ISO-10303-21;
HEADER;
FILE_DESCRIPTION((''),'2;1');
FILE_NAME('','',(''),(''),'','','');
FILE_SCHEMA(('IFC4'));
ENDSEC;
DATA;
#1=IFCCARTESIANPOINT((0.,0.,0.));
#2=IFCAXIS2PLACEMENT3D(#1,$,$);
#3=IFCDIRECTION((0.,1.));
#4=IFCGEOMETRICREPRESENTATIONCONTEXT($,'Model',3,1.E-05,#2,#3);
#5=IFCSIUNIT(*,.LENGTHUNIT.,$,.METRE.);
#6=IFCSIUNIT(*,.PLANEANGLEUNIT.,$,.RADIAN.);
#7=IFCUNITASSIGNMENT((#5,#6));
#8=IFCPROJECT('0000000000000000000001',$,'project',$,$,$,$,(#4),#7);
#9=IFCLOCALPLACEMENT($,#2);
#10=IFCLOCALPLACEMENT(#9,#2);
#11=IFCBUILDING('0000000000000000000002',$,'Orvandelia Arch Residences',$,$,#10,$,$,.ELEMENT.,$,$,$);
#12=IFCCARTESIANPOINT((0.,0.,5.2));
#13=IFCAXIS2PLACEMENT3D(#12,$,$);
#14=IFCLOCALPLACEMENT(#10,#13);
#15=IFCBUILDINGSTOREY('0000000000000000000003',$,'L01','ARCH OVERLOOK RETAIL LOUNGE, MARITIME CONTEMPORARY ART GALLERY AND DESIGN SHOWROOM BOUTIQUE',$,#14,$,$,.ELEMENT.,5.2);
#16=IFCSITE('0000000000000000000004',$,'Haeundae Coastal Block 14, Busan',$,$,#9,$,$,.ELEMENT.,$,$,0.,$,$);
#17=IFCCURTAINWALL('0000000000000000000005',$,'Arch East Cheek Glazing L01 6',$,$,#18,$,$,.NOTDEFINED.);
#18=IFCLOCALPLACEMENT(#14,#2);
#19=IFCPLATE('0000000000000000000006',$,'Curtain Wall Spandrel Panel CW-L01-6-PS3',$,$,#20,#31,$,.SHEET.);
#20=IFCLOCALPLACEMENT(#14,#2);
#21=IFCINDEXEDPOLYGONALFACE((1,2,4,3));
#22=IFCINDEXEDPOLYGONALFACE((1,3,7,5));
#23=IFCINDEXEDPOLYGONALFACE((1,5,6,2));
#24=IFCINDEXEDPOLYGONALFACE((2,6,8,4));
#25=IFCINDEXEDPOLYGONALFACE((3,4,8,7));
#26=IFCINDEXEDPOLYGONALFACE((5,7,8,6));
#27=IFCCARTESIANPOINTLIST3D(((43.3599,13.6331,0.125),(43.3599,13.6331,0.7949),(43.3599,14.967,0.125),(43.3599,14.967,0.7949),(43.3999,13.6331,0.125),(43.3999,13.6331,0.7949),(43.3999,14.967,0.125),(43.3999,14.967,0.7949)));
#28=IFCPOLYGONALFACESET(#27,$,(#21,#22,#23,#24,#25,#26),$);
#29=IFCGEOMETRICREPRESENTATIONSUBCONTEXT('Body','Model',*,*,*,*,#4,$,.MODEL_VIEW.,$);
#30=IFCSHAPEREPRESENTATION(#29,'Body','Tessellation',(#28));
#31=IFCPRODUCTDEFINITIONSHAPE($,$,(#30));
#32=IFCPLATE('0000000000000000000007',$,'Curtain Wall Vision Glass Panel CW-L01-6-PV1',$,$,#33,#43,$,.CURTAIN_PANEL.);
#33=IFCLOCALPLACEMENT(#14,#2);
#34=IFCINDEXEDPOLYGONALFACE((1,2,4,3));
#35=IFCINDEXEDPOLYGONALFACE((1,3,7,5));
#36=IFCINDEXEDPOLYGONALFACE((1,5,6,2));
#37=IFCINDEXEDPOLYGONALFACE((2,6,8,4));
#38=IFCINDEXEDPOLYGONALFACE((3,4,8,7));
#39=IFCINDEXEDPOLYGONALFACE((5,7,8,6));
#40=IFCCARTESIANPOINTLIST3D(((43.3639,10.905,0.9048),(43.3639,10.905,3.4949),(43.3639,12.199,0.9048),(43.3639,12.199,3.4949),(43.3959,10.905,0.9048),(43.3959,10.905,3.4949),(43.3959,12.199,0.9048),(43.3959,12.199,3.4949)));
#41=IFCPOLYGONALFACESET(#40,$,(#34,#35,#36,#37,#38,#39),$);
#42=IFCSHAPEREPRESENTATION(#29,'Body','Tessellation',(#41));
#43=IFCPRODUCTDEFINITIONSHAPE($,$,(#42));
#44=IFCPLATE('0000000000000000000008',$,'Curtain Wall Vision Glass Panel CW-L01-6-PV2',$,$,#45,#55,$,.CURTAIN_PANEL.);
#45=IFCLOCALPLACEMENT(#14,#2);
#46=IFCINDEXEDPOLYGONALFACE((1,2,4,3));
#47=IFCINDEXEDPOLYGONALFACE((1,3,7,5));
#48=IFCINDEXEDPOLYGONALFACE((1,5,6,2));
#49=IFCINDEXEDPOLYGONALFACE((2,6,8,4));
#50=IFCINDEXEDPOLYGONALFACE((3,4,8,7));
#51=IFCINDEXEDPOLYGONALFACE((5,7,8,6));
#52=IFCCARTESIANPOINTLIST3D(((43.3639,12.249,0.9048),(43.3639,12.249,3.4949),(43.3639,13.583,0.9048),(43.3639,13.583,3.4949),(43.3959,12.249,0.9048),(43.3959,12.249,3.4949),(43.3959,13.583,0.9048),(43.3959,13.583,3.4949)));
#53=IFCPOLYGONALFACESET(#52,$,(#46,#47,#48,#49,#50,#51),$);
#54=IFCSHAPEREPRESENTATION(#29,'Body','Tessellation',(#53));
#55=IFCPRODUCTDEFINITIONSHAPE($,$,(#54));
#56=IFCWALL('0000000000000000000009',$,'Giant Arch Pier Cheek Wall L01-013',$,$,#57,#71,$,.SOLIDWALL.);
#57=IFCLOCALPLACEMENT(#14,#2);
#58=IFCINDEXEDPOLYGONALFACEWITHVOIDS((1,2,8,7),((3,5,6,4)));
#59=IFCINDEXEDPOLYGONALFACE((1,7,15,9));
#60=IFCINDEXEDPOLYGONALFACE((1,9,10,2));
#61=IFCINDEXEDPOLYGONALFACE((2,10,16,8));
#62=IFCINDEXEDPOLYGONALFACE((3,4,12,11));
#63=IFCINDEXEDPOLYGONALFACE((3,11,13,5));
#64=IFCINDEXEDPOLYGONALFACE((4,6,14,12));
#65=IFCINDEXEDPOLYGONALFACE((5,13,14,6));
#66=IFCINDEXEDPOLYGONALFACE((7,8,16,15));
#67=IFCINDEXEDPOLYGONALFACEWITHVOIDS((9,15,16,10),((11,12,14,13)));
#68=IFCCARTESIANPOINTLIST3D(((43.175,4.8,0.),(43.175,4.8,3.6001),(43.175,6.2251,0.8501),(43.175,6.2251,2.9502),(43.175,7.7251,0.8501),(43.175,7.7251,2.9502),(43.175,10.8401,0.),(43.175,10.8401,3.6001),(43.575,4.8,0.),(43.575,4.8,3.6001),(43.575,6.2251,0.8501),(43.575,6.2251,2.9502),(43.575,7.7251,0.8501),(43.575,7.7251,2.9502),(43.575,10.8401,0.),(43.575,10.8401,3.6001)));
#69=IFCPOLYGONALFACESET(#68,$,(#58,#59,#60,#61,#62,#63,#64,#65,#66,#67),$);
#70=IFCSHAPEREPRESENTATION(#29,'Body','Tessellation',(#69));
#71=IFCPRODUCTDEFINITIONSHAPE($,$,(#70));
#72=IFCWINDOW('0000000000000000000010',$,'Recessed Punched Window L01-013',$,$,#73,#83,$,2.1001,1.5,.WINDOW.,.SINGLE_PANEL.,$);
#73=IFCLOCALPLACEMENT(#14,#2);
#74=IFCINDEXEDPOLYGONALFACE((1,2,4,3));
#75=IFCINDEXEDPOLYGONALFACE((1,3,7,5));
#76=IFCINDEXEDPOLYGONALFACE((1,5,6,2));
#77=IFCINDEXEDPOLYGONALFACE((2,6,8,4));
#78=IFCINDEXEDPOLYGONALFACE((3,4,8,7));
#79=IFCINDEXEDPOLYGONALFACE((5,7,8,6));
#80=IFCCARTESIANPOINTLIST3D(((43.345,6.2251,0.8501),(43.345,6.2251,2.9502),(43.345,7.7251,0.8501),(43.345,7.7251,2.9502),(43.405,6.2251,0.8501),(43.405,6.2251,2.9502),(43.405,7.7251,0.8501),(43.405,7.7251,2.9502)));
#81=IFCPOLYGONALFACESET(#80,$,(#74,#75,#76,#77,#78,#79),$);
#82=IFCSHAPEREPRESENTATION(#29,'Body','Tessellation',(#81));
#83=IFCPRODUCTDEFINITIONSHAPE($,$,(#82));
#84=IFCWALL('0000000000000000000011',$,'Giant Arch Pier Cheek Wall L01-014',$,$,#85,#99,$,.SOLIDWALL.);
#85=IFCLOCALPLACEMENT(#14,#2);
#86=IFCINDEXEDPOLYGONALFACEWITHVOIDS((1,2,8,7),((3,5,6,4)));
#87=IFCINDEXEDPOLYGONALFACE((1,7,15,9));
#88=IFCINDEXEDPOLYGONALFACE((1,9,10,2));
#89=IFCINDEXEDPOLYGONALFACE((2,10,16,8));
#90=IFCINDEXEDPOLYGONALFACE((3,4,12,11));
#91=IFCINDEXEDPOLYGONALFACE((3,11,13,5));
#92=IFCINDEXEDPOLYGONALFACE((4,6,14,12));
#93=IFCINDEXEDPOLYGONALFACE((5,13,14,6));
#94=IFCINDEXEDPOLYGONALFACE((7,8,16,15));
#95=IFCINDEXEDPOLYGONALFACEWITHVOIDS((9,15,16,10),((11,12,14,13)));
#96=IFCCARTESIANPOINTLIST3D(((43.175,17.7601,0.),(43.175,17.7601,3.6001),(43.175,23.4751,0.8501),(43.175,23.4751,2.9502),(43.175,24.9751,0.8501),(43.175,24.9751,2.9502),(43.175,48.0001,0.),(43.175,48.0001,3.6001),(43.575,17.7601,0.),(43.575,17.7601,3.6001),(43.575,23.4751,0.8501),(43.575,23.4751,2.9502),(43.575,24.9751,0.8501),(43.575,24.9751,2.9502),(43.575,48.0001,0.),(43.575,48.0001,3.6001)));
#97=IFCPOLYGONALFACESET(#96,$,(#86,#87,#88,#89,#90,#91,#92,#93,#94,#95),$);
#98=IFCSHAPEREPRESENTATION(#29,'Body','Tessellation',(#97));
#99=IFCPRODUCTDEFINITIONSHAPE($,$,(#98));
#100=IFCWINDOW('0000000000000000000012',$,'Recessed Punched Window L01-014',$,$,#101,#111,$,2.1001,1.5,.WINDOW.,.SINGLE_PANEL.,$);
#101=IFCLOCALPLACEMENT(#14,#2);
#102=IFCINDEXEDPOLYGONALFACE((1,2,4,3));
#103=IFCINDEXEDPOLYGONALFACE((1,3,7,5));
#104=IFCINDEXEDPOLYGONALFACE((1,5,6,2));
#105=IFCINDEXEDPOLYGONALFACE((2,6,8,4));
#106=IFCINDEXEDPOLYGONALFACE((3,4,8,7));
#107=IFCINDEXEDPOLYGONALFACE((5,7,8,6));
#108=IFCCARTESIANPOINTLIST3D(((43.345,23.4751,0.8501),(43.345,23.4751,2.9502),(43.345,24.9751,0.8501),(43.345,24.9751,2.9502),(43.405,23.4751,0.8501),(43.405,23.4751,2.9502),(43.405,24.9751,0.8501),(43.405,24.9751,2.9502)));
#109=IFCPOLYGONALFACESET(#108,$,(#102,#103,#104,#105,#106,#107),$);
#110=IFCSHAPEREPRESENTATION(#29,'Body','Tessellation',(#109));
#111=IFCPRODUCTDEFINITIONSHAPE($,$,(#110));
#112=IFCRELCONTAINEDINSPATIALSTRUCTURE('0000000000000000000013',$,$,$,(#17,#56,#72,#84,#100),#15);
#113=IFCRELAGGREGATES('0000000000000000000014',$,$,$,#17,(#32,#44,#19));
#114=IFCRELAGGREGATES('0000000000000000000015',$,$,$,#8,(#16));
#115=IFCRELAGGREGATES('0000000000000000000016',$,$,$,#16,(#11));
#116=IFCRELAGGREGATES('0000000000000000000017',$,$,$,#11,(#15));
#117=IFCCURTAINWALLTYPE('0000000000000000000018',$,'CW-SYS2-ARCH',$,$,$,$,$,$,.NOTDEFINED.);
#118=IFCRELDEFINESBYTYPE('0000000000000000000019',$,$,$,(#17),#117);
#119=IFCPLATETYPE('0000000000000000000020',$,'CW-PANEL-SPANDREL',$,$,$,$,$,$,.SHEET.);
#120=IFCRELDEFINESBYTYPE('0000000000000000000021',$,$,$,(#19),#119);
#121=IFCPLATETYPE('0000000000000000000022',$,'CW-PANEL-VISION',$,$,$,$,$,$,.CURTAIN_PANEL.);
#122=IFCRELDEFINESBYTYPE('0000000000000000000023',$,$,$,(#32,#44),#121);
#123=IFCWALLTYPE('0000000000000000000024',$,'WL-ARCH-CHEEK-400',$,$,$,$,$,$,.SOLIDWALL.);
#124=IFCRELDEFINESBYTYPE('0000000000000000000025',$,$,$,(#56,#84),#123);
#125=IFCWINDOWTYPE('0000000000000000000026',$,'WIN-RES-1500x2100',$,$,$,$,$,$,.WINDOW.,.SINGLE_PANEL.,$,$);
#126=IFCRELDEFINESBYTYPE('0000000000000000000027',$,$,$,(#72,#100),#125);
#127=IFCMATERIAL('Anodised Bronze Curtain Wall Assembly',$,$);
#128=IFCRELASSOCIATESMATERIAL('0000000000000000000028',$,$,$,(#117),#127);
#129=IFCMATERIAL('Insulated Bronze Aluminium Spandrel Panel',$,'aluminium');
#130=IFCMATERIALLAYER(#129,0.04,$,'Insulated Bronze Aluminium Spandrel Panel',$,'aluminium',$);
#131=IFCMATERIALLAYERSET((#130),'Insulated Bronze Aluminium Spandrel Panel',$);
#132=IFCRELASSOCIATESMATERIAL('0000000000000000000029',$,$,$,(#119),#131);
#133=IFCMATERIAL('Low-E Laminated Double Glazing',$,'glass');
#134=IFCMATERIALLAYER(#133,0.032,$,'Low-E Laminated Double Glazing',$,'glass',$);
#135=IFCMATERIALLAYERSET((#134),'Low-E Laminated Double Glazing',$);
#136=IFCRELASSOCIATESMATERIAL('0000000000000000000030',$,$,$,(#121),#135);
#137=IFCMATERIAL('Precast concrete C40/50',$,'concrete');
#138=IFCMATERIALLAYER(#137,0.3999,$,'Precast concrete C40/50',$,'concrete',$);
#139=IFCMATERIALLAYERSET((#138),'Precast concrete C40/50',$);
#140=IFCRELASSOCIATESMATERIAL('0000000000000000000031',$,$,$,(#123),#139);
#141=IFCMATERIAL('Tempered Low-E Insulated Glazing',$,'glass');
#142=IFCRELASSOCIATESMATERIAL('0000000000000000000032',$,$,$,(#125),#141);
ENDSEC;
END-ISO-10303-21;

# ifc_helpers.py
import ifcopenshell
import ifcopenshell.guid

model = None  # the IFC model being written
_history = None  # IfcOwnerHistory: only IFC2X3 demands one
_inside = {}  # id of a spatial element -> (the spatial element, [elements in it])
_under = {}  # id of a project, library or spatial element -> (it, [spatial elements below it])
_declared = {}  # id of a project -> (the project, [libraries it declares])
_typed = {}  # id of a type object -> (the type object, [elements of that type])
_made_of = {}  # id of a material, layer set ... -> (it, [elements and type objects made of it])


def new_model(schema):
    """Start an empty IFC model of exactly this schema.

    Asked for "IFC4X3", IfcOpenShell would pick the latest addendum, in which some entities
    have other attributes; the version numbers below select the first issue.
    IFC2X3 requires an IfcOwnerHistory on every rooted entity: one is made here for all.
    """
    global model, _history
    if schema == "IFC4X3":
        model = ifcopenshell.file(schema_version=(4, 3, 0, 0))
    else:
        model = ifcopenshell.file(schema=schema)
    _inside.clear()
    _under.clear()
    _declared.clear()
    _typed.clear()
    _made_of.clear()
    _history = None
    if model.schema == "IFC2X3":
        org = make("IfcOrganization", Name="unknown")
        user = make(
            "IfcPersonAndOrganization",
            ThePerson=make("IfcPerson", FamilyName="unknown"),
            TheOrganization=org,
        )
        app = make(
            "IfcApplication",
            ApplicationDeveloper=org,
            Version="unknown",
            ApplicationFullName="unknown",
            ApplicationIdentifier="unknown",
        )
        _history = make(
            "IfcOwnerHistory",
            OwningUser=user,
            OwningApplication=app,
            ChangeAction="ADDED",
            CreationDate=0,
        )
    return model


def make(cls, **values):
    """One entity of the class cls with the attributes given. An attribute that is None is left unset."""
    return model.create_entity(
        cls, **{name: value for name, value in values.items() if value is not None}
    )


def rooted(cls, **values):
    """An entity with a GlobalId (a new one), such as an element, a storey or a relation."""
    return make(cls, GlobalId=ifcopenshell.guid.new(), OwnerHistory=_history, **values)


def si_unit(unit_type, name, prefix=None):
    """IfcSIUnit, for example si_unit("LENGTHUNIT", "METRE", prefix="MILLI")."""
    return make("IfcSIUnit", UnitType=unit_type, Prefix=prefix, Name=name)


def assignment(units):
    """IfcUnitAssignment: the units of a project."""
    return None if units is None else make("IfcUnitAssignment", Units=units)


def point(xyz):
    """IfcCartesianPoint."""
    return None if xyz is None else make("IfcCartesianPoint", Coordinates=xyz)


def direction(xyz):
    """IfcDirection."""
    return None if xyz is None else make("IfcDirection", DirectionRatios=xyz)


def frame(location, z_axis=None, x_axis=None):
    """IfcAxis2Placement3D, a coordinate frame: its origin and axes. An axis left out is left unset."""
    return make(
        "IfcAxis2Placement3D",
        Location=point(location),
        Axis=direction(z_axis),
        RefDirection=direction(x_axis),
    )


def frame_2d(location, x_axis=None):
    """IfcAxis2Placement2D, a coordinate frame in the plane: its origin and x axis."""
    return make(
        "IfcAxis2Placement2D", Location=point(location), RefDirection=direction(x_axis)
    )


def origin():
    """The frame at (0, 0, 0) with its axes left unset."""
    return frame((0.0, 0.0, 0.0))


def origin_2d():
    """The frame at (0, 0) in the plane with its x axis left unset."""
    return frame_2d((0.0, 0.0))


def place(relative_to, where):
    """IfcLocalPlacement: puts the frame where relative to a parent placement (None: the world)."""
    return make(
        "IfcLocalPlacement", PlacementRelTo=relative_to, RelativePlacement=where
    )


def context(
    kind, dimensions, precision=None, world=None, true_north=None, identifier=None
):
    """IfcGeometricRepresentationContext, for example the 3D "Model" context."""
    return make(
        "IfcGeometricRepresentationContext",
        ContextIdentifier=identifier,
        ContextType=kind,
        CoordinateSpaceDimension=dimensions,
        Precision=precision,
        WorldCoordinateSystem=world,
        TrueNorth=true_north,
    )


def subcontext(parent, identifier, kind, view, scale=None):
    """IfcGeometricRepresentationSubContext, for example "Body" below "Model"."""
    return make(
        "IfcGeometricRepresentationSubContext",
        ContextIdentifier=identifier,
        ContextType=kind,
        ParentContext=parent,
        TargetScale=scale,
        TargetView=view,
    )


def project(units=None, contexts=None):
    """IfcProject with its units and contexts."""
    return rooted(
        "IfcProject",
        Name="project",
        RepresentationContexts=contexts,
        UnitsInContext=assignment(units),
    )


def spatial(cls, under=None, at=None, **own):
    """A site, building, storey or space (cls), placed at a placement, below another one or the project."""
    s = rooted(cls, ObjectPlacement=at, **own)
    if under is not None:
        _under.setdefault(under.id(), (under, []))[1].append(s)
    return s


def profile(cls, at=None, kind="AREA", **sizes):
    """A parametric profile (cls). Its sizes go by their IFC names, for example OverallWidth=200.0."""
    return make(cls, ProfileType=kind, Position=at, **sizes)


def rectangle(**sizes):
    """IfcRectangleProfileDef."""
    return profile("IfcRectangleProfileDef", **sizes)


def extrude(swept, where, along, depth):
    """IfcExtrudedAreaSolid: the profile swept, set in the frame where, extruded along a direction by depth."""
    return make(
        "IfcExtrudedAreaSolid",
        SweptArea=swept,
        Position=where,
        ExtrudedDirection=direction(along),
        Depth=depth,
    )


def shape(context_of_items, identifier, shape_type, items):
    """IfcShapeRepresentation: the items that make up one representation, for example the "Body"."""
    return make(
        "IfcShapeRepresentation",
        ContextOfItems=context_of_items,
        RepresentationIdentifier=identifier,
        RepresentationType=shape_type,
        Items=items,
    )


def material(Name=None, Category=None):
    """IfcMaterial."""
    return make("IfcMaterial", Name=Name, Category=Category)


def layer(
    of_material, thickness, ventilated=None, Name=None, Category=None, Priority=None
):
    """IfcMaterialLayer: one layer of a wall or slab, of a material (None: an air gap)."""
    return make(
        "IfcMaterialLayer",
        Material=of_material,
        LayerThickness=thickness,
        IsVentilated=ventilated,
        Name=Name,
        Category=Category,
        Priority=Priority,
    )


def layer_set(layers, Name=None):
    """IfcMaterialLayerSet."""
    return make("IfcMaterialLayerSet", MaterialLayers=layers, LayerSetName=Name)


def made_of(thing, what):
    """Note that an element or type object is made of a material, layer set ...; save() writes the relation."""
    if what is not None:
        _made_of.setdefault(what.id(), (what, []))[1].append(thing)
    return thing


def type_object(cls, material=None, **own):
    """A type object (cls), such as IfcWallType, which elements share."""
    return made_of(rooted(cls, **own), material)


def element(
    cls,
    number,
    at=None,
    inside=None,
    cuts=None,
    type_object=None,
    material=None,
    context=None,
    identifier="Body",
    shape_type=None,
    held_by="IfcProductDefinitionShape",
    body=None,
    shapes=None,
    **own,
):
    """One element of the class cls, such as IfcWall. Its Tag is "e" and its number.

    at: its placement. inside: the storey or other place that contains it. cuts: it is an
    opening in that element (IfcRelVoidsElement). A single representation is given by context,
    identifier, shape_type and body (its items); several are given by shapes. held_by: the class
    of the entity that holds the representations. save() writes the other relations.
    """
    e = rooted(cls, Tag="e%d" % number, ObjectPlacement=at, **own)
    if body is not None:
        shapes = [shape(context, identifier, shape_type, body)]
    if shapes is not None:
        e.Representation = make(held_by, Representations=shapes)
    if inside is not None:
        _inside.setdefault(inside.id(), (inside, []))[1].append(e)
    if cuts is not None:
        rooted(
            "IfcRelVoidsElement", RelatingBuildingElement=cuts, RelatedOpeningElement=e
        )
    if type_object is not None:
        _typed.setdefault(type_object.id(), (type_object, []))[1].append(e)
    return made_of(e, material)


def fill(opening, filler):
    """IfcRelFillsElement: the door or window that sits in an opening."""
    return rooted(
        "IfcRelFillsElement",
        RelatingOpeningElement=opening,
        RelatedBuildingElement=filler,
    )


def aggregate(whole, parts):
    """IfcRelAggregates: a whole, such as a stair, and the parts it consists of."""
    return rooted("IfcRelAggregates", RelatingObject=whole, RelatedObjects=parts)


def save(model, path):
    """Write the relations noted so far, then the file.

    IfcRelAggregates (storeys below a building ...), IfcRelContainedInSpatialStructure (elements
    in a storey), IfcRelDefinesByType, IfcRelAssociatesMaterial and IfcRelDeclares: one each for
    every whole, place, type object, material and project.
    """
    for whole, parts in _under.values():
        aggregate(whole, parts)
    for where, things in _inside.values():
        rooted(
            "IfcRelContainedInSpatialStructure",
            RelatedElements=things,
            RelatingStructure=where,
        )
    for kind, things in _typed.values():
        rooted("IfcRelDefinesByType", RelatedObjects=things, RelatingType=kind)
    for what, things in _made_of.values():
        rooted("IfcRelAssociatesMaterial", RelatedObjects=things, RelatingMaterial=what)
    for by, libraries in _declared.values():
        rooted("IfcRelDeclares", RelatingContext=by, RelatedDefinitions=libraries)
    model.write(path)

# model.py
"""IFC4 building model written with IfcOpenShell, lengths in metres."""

from ifc_helpers import new_model, si_unit, direction, frame, frame_2d, origin, origin_2d, place, context, subcontext, project, spatial, rectangle, extrude, material, layer, layer_set, type_object, element, fill, aggregate, save


model = new_model("IFC4")

# Units and contexts
model_context = context("Model", 3, precision=1e-05, world=origin(), true_north=direction((0.0, 1.0)))
body_context = subcontext(model_context, "Body", "Model", "MODEL_VIEW")
ifc_project = project(units=[si_unit("LENGTHUNIT", "METRE"), si_unit("PLANEANGLEUNIT", "RADIAN")], contexts=[model_context])

# Site, building, storey
site_placement = place(None, origin())
site = spatial("IfcSite", under=ifc_project, at=site_placement, Name="Haeundae Coastal Block 14, Busan", CompositionType="ELEMENT", RefElevation=0.0)
building_placement = place(site_placement, origin())
building = spatial("IfcBuilding", under=site, at=building_placement, Name="Orvandelia Arch Residences", CompositionType="ELEMENT")
storey_placement = place(building_placement, frame((0.0, 0.0, 5.2)))
storey = spatial("IfcBuildingStorey", under=building, at=storey_placement, Name="L01", Description="ARCH OVERLOOK RETAIL LOUNGE, MARITIME CONTEMPORARY ART GALLERY AND DESIGN SHOWROOM BOUTIQUE", CompositionType="ELEMENT", Elevation=5.2)

# Curtain wall, plates
ifc_material_1 = material(Name="Anodised Bronze Curtain Wall Assembly")
curtain_wall_type = type_object("IfcCurtainWallType", Name="CW-SYS2-ARCH", PredefinedType="NOTDEFINED", material=ifc_material_1)
curtain_wall_placement = place(storey_placement, origin())
curtain_wall = element("IfcCurtainWall", 1, at=curtain_wall_placement, inside=storey, type_object=curtain_wall_type, Name="Arch East Cheek Glazing L01 6", PredefinedType="NOTDEFINED")
ifc_material_2 = material(Name="Insulated Bronze Aluminium Spandrel Panel", Category="aluminium")
ifc_layer_1 = layer(ifc_material_2, 0.04, Name="Insulated Bronze Aluminium Spandrel Panel", Category="aluminium")
ifc_layer_set_1 = layer_set([ifc_layer_1], Name="Insulated Bronze Aluminium Spandrel Panel")
plate_type_1 = type_object("IfcPlateType", Name="CW-PANEL-SPANDREL", PredefinedType="SHEET", material=ifc_layer_set_1)
plate_1_placement = place(storey_placement, frame((43.3799, 14.3, 0.125), z_axis=(0.0, 0.0, 1.0), x_axis=(0.0, 1.0, 0.0)))
plate_1 = element("IfcPlate", 2, at=plate_1_placement, type_object=plate_type_1, Name="Curtain Wall Spandrel Panel CW-L01-6-PS3", PredefinedType="SHEET", context=body_context, shape_type="SweptSolid", body=[
    extrude(rectangle(XDim=1.334, YDim=0.04, at=origin_2d()), origin(), (0.0, 0.0, 1.0), 0.6699),
])
ifc_material_3 = material(Name="Low-E Laminated Double Glazing", Category="glass")
ifc_layer_2 = layer(ifc_material_3, 0.032, Name="Low-E Laminated Double Glazing", Category="glass")
ifc_layer_set_2 = layer_set([ifc_layer_2], Name="Low-E Laminated Double Glazing")
plate_type_2 = type_object("IfcPlateType", Name="CW-PANEL-VISION", PredefinedType="CURTAIN_PANEL", material=ifc_layer_set_2)
plate_2_placement = place(storey_placement, frame((43.3799, 11.552, 0.9048), z_axis=(0.0, 0.0, 1.0), x_axis=(0.0, 1.0, 0.0)))
plate_2 = element("IfcPlate", 3, at=plate_2_placement, type_object=plate_type_2, Name="Curtain Wall Vision Glass Panel CW-L01-6-PV1", PredefinedType="CURTAIN_PANEL", context=body_context, shape_type="SweptSolid", body=[
    extrude(rectangle(XDim=1.2939, YDim=0.032, at=origin_2d()), origin(), (0.0, 0.0, 1.0), 2.5901),
])
plate_3_placement = place(storey_placement, frame((43.3799, 12.916, 0.9048), z_axis=(0.0, 0.0, 1.0), x_axis=(0.0, 1.0, 0.0)))
plate_3 = element("IfcPlate", 4, at=plate_3_placement, type_object=plate_type_2, Name="Curtain Wall Vision Glass Panel CW-L01-6-PV2", PredefinedType="CURTAIN_PANEL", context=body_context, shape_type="SweptSolid", body=[
    extrude(rectangle(XDim=1.334, YDim=0.032, at=origin_2d()), origin(), (0.0, 0.0, 1.0), 2.5901),
])
aggregate(curtain_wall, [plate_2, plate_3, plate_1])

# Walls, openings, windows
ifc_material_4 = material(Name="Precast concrete C40/50", Category="concrete")
ifc_layer_3 = layer(ifc_material_4, 0.3999, Name="Precast concrete C40/50", Category="concrete")
ifc_layer_set_3 = layer_set([ifc_layer_3], Name="Precast concrete C40/50")
wall_type = type_object("IfcWallType", Name="WL-ARCH-CHEEK-400", PredefinedType="SOLIDWALL", material=ifc_layer_set_3)
wall_1_placement = place(storey_placement, frame((43.375, 4.8, 0.0), z_axis=(0.0, 0.0, 1.0), x_axis=(0.0, 1.0, 0.0)))
wall_1 = element("IfcWall", 5, at=wall_1_placement, inside=storey, type_object=wall_type, Name="Giant Arch Pier Cheek Wall L01-013", PredefinedType="SOLIDWALL", context=body_context, shape_type="SweptSolid", body=[
    extrude(rectangle(XDim=6.04, YDim=0.3999, at=frame_2d((3.02, 0.0))), origin(), (0.0, 0.0, 1.0), 3.6001),
])
opening_1_placement = place(wall_1_placement, frame((1.425, 0.0, 0.8501)))
opening_1 = element("IfcOpeningElement", 6, at=opening_1_placement, cuts=wall_1, PredefinedType="OPENING", context=body_context, shape_type="SweptSolid", body=[
    extrude(rectangle(XDim=1.5, YDim=2.1001, at=frame_2d((0.75, 1.05))), frame((0.0, 0.21, 0.0), z_axis=(0.0, -1.0, 0.0), x_axis=(1.0, 0.0, 0.0)), (0.0, 0.0, 1.0), 0.4199),
])
ifc_material_5 = material(Name="Tempered Low-E Insulated Glazing", Category="glass")
window_type = type_object("IfcWindowType", Name="WIN-RES-1500x2100", PartitioningType="SINGLE_PANEL", PredefinedType="WINDOW", material=ifc_material_5)
window_1_placement = place(opening_1_placement, origin())
window_1 = element("IfcWindow", 7, at=window_1_placement, inside=storey, type_object=window_type, Name="Recessed Punched Window L01-013", OverallHeight=2.1001, OverallWidth=1.5, PartitioningType="SINGLE_PANEL", PredefinedType="WINDOW", context=body_context, shape_type="SweptSolid", body=[
    extrude(rectangle(XDim=1.5, YDim=2.1001, at=frame_2d((0.75, 1.05))), frame((0.0, 0.03, 0.0), z_axis=(0.0, -1.0, 0.0), x_axis=(1.0, 0.0, 0.0)), (0.0, 0.0, 1.0), 0.0601),
])
fill(opening_1, window_1)
wall_2_placement = place(storey_placement, frame((43.375, 17.76, 0.0), z_axis=(0.0, 0.0, 1.0), x_axis=(0.0, 1.0, 0.0)))
wall_2 = element("IfcWall", 8, at=wall_2_placement, inside=storey, type_object=wall_type, Name="Giant Arch Pier Cheek Wall L01-014", PredefinedType="SOLIDWALL", context=body_context, shape_type="SweptSolid", body=[
    extrude(rectangle(XDim=30.24, YDim=0.3999, at=frame_2d((15.1201, 0.0))), origin(), (0.0, 0.0, 1.0), 3.6001),
])
opening_2_placement = place(wall_2_placement, frame((5.7151, 0.0, 0.8501)))
opening_2 = element("IfcOpeningElement", 9, at=opening_2_placement, cuts=wall_2, PredefinedType="OPENING", context=body_context, shape_type="SweptSolid", body=[
    extrude(rectangle(XDim=1.5, YDim=2.1001, at=frame_2d((0.75, 1.05))), frame((0.0, 0.21, 0.0), z_axis=(0.0, -1.0, 0.0), x_axis=(1.0, 0.0, 0.0)), (0.0, 0.0, 1.0), 0.4199),
])
window_2_placement = place(opening_2_placement, origin())
window_2 = element("IfcWindow", 10, at=window_2_placement, inside=storey, type_object=window_type, Name="Recessed Punched Window L01-014", OverallHeight=2.1001, OverallWidth=1.5, PartitioningType="SINGLE_PANEL", PredefinedType="WINDOW", context=body_context, shape_type="SweptSolid", body=[
    extrude(rectangle(XDim=1.5, YDim=2.1001, at=frame_2d((0.75, 1.05))), frame((0.0, 0.03, 0.0), z_axis=(0.0, -1.0, 0.0), x_axis=(1.0, 0.0, 0.0)), (0.0, 0.0, 1.0), 0.0601),
])
fill(opening_2, window_2)

save(model, "model.ifc")
